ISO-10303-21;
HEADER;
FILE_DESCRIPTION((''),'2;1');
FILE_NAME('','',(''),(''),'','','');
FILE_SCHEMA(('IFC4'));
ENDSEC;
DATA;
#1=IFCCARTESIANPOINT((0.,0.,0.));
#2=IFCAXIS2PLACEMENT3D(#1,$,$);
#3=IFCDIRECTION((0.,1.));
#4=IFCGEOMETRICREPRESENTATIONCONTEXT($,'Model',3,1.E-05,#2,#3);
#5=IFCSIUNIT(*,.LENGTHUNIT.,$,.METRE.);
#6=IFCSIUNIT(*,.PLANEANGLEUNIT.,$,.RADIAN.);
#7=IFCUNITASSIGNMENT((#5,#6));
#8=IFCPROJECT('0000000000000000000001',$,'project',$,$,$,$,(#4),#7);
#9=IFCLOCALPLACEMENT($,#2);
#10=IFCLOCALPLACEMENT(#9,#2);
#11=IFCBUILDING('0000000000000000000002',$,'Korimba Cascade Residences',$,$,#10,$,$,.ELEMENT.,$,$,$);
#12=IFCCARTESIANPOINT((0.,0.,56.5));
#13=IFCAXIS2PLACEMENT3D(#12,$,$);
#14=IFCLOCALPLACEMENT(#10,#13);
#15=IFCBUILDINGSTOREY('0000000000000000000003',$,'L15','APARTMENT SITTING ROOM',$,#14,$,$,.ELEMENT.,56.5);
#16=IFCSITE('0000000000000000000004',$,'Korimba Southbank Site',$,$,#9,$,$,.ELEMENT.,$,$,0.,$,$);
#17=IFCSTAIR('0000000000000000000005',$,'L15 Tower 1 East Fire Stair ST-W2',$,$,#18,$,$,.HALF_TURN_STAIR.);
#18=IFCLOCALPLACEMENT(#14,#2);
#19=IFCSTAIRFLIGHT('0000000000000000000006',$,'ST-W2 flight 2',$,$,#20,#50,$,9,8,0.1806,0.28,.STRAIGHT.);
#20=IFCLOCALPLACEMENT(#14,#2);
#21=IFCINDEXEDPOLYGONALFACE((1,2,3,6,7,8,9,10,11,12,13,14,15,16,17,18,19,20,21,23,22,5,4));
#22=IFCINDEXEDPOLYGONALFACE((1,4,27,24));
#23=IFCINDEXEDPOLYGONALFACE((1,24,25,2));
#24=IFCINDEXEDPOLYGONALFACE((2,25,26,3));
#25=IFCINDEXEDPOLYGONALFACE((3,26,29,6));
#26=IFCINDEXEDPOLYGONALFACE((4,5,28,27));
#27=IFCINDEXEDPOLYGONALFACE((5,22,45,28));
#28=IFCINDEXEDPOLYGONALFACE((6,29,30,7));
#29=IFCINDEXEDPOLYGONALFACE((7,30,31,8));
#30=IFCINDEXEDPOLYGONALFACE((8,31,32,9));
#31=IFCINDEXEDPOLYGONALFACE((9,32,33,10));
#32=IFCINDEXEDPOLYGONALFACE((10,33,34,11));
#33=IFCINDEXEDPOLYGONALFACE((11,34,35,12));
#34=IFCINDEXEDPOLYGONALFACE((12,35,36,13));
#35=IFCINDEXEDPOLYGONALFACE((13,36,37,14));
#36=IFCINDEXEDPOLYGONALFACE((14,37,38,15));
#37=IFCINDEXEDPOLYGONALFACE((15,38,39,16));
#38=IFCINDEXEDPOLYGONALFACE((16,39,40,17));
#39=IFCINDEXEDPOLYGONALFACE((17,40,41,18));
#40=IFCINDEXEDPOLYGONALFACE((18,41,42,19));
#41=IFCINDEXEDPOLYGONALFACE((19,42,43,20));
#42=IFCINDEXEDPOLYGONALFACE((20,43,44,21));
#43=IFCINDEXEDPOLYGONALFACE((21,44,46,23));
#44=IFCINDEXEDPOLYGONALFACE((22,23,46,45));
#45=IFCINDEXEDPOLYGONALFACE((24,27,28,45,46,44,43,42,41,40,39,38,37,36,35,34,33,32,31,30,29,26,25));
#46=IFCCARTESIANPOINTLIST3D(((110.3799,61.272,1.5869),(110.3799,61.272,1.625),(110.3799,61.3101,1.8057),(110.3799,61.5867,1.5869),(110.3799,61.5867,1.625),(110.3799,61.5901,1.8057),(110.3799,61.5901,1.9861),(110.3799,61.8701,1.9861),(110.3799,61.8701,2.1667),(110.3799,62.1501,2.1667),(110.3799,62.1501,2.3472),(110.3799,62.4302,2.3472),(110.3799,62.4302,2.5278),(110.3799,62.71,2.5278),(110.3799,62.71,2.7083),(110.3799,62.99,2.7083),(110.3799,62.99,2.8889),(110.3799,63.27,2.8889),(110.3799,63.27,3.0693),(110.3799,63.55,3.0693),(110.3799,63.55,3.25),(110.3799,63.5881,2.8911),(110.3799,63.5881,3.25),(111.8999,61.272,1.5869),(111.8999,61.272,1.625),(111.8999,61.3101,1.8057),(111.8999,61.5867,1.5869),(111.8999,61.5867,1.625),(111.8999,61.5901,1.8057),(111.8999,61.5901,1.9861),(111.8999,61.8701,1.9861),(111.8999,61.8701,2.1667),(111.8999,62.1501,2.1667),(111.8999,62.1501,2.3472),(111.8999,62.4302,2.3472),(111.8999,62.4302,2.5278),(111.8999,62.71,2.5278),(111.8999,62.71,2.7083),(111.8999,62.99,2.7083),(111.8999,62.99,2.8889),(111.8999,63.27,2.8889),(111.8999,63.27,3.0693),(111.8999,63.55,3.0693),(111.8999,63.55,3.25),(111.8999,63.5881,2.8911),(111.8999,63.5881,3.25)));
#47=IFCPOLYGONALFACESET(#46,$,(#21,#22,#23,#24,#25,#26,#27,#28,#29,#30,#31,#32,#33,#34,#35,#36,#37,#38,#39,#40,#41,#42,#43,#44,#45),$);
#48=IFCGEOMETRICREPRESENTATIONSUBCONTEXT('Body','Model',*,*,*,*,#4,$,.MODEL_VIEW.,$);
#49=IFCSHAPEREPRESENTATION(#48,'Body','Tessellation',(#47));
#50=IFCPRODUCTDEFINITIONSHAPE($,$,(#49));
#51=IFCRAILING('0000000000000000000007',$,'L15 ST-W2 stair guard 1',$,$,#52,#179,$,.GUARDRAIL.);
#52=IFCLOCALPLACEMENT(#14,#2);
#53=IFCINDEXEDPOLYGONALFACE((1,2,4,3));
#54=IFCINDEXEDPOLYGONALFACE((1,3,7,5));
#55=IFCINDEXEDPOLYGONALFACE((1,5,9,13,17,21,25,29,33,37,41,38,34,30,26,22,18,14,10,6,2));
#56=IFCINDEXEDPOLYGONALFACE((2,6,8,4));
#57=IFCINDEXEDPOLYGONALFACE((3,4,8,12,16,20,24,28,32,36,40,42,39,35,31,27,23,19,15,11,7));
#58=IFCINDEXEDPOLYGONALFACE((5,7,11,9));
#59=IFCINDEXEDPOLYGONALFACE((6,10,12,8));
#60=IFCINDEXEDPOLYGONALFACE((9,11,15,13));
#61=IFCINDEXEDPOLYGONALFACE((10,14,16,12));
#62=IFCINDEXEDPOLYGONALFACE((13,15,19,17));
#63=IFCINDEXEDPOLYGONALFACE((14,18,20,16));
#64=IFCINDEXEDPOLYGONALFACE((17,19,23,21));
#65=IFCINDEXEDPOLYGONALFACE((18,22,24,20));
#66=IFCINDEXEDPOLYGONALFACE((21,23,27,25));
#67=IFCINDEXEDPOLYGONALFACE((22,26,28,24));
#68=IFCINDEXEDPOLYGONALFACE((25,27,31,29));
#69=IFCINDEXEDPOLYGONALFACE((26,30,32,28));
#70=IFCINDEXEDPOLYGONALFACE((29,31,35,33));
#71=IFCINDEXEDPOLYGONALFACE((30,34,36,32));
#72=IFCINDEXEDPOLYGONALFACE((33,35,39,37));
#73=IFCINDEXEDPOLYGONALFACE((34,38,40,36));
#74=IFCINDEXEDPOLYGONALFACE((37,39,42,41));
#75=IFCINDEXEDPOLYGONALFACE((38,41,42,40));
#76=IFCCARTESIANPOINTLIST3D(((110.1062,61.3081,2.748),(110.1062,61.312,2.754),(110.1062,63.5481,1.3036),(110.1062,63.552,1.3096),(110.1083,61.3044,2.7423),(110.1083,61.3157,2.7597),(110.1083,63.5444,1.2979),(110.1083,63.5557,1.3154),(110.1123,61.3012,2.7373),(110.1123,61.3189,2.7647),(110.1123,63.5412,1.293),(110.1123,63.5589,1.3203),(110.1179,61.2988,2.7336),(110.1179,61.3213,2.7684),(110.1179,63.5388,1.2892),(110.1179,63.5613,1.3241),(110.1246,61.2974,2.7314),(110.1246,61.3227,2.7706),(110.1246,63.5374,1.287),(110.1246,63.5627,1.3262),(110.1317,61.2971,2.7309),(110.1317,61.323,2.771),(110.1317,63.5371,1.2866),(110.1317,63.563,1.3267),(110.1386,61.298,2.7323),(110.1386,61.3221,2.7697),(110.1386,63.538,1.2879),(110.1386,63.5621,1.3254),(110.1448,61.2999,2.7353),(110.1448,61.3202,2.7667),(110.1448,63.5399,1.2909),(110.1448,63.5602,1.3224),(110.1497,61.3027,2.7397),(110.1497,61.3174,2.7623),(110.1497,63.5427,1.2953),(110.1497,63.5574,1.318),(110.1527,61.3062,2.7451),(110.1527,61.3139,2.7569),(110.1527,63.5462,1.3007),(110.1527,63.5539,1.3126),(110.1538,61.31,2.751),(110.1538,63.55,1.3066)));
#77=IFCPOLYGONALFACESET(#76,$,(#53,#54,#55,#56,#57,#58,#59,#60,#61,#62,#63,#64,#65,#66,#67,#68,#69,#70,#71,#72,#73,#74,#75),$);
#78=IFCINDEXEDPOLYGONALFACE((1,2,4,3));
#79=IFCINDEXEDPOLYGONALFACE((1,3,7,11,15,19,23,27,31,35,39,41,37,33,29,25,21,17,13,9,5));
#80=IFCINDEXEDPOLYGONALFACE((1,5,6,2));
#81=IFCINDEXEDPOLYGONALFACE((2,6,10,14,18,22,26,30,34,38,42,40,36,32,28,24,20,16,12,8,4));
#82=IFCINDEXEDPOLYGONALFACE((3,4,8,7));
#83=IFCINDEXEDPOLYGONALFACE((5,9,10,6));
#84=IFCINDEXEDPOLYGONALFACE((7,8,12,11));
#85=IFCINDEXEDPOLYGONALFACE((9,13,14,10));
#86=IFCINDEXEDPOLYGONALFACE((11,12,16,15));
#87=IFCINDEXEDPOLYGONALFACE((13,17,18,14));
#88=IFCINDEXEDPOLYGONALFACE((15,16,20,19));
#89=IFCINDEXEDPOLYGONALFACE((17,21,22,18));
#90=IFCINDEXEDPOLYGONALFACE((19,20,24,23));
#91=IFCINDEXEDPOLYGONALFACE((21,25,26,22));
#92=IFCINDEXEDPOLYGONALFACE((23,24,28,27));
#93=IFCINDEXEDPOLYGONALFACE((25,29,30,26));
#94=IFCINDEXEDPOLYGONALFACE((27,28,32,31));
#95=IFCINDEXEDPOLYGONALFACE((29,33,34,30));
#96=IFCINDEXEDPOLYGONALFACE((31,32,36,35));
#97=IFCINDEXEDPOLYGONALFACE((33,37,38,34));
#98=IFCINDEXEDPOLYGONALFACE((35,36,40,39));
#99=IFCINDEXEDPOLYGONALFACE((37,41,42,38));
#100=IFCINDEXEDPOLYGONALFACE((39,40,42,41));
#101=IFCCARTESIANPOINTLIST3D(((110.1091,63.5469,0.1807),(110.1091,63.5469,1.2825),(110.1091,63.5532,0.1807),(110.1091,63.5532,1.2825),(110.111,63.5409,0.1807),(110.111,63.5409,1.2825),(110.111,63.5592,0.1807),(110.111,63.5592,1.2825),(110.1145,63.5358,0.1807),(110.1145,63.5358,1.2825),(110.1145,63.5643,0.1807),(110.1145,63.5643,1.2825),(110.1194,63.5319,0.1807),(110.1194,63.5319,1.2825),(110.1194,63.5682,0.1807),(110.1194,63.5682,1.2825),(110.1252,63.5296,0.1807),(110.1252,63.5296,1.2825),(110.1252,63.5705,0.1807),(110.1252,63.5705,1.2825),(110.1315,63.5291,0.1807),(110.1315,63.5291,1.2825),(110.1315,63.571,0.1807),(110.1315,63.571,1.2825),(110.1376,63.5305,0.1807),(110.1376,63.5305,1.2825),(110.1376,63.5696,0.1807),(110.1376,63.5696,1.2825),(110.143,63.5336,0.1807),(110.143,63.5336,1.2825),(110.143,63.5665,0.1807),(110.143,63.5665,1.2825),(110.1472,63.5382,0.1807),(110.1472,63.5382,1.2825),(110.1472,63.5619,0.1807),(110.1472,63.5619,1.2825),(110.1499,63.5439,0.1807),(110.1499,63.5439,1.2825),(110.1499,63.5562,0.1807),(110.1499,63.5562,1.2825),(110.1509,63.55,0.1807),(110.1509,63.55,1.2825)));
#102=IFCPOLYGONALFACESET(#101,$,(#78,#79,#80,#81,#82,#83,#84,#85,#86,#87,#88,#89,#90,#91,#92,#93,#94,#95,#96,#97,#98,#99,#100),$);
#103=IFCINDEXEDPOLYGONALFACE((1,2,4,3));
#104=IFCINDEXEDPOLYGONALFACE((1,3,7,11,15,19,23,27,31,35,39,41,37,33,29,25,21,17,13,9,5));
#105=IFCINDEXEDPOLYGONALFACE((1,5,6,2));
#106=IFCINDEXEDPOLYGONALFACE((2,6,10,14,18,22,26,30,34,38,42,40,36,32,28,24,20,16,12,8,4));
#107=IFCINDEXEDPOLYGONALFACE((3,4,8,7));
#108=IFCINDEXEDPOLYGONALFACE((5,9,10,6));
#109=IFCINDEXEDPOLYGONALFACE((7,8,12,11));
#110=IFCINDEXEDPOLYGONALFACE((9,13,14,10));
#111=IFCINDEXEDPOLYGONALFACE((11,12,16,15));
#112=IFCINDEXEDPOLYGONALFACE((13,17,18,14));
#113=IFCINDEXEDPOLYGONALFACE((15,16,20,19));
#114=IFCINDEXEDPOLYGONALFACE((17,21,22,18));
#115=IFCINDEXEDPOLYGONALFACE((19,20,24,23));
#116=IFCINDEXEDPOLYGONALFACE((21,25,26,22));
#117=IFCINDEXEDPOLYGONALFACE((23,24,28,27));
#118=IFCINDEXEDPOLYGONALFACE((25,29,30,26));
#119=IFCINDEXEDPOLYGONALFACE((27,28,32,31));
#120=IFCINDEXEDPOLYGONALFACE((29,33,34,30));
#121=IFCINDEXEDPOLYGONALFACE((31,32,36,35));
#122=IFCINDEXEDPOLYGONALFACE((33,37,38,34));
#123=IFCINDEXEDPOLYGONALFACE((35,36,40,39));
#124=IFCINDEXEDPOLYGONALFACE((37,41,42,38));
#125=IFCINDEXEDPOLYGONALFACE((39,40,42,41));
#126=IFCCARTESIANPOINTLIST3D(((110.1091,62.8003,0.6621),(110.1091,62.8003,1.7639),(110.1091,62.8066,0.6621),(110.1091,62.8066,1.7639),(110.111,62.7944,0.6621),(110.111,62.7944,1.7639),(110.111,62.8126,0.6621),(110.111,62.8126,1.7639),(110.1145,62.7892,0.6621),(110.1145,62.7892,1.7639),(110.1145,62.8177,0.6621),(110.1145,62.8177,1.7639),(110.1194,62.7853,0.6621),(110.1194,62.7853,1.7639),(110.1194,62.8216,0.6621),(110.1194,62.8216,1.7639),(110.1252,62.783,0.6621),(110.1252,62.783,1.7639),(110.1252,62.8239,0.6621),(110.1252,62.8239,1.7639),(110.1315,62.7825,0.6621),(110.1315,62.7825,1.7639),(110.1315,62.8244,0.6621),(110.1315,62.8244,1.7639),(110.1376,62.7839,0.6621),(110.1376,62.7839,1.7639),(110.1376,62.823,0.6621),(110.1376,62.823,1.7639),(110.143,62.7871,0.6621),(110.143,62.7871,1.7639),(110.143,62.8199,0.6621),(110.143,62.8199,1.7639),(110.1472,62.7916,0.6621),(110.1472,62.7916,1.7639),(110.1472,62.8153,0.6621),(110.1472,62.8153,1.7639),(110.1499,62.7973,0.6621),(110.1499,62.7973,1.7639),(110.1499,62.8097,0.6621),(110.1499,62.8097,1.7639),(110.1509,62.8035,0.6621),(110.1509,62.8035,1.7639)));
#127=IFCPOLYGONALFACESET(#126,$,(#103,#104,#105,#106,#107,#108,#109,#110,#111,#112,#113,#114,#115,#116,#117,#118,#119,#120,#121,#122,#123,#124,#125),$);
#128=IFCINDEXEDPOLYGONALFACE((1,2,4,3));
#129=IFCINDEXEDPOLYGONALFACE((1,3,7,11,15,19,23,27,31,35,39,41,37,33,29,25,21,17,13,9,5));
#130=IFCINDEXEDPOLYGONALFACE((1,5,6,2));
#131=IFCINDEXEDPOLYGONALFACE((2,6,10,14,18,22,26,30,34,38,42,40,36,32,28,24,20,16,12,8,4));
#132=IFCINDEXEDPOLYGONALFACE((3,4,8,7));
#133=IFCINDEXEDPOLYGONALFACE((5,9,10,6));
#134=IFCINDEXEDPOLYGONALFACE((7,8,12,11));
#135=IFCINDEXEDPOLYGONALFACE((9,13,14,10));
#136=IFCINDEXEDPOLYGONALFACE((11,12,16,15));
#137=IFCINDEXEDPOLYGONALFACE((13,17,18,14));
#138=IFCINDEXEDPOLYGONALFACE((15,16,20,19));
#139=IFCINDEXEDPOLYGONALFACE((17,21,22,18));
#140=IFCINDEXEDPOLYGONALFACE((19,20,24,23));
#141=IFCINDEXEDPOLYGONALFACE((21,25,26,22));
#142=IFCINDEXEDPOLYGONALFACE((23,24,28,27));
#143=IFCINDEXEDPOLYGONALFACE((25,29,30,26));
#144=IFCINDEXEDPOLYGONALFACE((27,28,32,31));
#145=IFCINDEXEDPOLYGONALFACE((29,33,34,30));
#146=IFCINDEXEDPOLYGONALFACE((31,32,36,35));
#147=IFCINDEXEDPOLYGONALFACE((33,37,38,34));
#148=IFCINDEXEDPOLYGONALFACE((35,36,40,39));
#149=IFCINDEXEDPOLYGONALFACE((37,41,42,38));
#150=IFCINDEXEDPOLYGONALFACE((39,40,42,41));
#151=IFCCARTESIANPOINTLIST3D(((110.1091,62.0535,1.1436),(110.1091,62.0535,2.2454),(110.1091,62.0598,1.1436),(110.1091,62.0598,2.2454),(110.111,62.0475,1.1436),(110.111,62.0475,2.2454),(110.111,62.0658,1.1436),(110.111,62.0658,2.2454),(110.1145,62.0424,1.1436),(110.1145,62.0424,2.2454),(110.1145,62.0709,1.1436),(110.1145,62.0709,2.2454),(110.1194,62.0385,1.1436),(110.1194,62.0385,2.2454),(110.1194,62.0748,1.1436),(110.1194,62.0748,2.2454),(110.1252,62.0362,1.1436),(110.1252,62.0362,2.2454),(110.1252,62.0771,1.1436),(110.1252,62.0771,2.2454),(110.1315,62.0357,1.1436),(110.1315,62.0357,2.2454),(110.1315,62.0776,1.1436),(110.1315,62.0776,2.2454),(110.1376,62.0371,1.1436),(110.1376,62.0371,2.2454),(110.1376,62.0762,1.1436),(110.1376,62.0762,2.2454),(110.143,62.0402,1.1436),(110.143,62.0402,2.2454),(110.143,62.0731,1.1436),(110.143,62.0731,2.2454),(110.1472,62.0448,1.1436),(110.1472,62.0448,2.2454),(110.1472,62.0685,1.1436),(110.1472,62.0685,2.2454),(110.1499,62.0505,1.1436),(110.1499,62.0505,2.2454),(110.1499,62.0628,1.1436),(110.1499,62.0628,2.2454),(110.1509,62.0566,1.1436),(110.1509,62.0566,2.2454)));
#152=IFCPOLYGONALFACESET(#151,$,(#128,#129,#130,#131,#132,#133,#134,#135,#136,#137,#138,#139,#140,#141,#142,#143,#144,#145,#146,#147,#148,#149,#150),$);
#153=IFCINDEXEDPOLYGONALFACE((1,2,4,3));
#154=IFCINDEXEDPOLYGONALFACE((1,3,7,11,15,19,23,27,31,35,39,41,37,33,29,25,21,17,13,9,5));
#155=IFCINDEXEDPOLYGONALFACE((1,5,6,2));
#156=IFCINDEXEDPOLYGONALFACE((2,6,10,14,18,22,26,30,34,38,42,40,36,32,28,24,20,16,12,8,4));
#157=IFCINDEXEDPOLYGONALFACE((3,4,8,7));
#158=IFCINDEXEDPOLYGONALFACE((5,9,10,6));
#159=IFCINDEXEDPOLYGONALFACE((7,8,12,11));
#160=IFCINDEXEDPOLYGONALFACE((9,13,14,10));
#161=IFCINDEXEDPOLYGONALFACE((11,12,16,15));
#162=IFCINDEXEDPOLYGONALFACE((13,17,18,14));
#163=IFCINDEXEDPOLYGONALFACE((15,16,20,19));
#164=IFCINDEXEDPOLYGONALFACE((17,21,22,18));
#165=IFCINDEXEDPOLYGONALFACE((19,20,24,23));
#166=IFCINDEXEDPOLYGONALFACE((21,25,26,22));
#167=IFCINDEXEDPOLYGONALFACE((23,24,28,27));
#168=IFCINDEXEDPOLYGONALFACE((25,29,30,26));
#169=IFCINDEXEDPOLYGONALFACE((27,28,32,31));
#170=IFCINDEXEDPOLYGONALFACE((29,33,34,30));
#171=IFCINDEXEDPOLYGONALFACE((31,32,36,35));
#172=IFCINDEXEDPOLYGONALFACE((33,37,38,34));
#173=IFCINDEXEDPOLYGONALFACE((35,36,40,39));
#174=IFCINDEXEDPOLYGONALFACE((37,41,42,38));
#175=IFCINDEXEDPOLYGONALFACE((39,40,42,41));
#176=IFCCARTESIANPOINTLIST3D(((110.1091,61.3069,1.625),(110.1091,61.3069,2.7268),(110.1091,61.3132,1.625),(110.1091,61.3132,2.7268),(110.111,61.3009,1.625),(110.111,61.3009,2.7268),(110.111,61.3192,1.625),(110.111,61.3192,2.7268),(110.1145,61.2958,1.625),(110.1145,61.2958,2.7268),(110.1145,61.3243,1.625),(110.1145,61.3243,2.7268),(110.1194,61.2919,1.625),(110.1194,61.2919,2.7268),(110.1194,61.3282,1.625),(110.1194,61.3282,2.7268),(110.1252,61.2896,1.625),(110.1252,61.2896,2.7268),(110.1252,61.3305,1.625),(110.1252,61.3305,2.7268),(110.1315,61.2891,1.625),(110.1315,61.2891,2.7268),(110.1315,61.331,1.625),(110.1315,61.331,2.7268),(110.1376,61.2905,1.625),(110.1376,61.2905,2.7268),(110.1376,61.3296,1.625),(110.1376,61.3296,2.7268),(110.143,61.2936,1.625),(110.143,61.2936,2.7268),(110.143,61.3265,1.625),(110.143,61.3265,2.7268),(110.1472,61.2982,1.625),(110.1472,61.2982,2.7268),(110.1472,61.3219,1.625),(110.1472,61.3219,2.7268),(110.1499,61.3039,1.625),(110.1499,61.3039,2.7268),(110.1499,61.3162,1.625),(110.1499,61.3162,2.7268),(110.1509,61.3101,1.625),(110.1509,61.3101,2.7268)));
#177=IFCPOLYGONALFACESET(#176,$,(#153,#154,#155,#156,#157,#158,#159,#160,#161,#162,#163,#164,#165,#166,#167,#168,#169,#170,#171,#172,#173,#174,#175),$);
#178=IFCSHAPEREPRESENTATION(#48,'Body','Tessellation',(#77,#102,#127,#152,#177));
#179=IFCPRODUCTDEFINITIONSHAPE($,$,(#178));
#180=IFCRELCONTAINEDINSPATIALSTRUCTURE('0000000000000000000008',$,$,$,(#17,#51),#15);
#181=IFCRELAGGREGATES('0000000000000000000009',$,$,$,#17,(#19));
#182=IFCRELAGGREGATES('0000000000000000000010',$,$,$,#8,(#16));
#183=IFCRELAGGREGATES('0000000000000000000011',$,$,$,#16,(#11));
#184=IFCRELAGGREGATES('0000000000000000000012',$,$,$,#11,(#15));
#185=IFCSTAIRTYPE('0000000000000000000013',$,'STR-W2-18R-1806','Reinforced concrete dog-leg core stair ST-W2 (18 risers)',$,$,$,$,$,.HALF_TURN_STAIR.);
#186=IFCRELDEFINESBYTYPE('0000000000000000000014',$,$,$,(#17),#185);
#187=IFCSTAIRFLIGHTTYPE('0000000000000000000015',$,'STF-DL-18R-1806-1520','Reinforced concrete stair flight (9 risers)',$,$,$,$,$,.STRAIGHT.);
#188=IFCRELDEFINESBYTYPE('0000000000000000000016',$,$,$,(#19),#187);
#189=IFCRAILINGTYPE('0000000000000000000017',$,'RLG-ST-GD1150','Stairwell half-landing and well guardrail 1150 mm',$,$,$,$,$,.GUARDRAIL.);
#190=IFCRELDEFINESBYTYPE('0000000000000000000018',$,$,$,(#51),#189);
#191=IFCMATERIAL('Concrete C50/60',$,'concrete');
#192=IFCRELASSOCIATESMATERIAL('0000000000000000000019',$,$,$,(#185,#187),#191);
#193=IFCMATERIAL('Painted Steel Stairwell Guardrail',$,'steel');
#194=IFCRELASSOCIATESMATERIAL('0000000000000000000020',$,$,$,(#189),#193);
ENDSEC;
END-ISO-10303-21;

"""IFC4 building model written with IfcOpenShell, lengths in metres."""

from ifc_helpers import new_model, si_unit, direction, frame, origin, origin_2d, place, context, subcontext, project, spatial, polyline, circle, outline, extrude, material, type_object, element, aggregate, save


model = new_model("IFC4")

# Units and contexts
model_context = context("Model", 3, precision=1e-05, world=origin(), true_north=direction((0.0, 1.0)))
body_context = subcontext(model_context, "Body", "Model", "MODEL_VIEW")
ifc_project = project(units=[si_unit("LENGTHUNIT", "METRE"), si_unit("PLANEANGLEUNIT", "RADIAN")], contexts=[model_context])

# Site, building, storey
site_placement = place(None, origin())
site = spatial("IfcSite", under=ifc_project, at=site_placement, Name="Korimba Southbank Site", CompositionType="ELEMENT", RefElevation=0.0)
building_placement = place(site_placement, origin())
building = spatial("IfcBuilding", under=site, at=building_placement, Name="Korimba Cascade Residences", CompositionType="ELEMENT")
storey_placement = place(building_placement, frame((0.0, 0.0, 56.5)))
storey = spatial("IfcBuildingStorey", under=building, at=storey_placement, Name="L15", Description="APARTMENT SITTING ROOM", CompositionType="ELEMENT", Elevation=56.5)

# Shared definitions
ifc_material_1 = material(Name="Concrete C50/60", Category="concrete")

# Stair, stair flight
stair_type = type_object("IfcStairType", Name="STR-W2-18R-1806", Description="Reinforced concrete dog-leg core stair ST-W2 (18 risers)", PredefinedType="HALF_TURN_STAIR", material=ifc_material_1)
stair_placement = place(storey_placement, origin())
stair = element("IfcStair", 1, at=stair_placement, inside=storey, type_object=stair_type, Name="L15 Tower 1 East Fire Stair ST-W2", PredefinedType="HALF_TURN_STAIR")
stair_flight_type = type_object("IfcStairFlightType", Name="STF-DL-18R-1806-1520", Description="Reinforced concrete stair flight (9 risers)", PredefinedType="STRAIGHT", material=ifc_material_1)
stair_flight_1_placement = place(storey_placement, frame((111.1399, 61.3101, 1.625), z_axis=(0.0, 0.0, 1.0), x_axis=(0.0, 1.0, 0.0)))
stair_flight_1 = element("IfcStairFlight", 2, at=stair_flight_1_placement, type_object=stair_flight_type, Name="ST-W2 flight 2", NumberOfRisers=9, NumberOfTreads=8, PredefinedType="STRAIGHT", RiserHeight=0.1806, TreadLength=0.28, context=body_context, shape_type="SweptSolid", body=[
    extrude(outline(polyline([(-0.0381, 0.0), (0.0, 0.1807), (0.28, 0.1807), (0.28, 0.3611), (0.5601, 0.3611), (0.5601, 0.5417), (0.8401, 0.5417), (0.8401, 0.7222), (1.1201, 0.7222), (1.1201, 0.9028), (1.3999, 0.9028), (1.3999, 1.0833), (1.6799, 1.0833), (1.6799, 1.2639), (1.96, 1.2639), (1.96, 1.4443), (2.24, 1.4443), (2.24, 1.625), (2.2781, 1.625), (2.2781, 1.2661), (0.2766, 0.0), (0.2766, -0.0381), (-0.0381, -0.0381), (-0.0381, 0.0)])), frame((0.0, 0.76, 0.0), z_axis=(0.0, -1.0, 0.0), x_axis=(1.0, 0.0, 0.0)), (0.0, 0.0, 1.0), 1.52),
])
aggregate(stair, [stair_flight_1])

# Railing
ifc_material_2 = material(Name="Painted Steel Stairwell Guardrail", Category="steel")
railing_type_1 = type_object("IfcRailingType", Name="RLG-ST-GD1150", Description="Stairwell half-landing and well guardrail 1150 mm", PredefinedType="GUARDRAIL", material=ifc_material_2)
railing_1_placement = place(storey_placement, frame((110.1299, 63.55, 0.1807)))
element("IfcRailing", 3, at=railing_1_placement, inside=storey, type_object=railing_type_1, Name="L15 ST-W2 stair guard 1", PredefinedType="GUARDRAIL", context=body_context, shape_type="SweptSolid", body=[
    extrude(circle(Radius=0.0239, at=origin_2d()), frame((0.0, 0.0, 1.126), z_axis=(0.0, -0.840437, 0.54191), x_axis=(1.0, 0.0, 0.0)), (0.0, 0.0, 1.0), 2.6653),
    extrude(circle(Radius=0.021, at=origin_2d()), origin(), (0.0, 0.0, 1.0), 1.1018),
    extrude(circle(Radius=0.021, at=origin_2d()), frame((0.0, -0.7466, 0.4814)), (0.0, 0.0, 1.0), 1.1018),
    extrude(circle(Radius=0.021, at=origin_2d()), frame((0.0, -1.4934, 0.9629)), (0.0, 0.0, 1.0), 1.1018),
    extrude(circle(Radius=0.021, at=origin_2d()), frame((0.0, -2.24, 1.4443)), (0.0, 0.0, 1.0), 1.1018),
])

save(model, "model.ifc")
